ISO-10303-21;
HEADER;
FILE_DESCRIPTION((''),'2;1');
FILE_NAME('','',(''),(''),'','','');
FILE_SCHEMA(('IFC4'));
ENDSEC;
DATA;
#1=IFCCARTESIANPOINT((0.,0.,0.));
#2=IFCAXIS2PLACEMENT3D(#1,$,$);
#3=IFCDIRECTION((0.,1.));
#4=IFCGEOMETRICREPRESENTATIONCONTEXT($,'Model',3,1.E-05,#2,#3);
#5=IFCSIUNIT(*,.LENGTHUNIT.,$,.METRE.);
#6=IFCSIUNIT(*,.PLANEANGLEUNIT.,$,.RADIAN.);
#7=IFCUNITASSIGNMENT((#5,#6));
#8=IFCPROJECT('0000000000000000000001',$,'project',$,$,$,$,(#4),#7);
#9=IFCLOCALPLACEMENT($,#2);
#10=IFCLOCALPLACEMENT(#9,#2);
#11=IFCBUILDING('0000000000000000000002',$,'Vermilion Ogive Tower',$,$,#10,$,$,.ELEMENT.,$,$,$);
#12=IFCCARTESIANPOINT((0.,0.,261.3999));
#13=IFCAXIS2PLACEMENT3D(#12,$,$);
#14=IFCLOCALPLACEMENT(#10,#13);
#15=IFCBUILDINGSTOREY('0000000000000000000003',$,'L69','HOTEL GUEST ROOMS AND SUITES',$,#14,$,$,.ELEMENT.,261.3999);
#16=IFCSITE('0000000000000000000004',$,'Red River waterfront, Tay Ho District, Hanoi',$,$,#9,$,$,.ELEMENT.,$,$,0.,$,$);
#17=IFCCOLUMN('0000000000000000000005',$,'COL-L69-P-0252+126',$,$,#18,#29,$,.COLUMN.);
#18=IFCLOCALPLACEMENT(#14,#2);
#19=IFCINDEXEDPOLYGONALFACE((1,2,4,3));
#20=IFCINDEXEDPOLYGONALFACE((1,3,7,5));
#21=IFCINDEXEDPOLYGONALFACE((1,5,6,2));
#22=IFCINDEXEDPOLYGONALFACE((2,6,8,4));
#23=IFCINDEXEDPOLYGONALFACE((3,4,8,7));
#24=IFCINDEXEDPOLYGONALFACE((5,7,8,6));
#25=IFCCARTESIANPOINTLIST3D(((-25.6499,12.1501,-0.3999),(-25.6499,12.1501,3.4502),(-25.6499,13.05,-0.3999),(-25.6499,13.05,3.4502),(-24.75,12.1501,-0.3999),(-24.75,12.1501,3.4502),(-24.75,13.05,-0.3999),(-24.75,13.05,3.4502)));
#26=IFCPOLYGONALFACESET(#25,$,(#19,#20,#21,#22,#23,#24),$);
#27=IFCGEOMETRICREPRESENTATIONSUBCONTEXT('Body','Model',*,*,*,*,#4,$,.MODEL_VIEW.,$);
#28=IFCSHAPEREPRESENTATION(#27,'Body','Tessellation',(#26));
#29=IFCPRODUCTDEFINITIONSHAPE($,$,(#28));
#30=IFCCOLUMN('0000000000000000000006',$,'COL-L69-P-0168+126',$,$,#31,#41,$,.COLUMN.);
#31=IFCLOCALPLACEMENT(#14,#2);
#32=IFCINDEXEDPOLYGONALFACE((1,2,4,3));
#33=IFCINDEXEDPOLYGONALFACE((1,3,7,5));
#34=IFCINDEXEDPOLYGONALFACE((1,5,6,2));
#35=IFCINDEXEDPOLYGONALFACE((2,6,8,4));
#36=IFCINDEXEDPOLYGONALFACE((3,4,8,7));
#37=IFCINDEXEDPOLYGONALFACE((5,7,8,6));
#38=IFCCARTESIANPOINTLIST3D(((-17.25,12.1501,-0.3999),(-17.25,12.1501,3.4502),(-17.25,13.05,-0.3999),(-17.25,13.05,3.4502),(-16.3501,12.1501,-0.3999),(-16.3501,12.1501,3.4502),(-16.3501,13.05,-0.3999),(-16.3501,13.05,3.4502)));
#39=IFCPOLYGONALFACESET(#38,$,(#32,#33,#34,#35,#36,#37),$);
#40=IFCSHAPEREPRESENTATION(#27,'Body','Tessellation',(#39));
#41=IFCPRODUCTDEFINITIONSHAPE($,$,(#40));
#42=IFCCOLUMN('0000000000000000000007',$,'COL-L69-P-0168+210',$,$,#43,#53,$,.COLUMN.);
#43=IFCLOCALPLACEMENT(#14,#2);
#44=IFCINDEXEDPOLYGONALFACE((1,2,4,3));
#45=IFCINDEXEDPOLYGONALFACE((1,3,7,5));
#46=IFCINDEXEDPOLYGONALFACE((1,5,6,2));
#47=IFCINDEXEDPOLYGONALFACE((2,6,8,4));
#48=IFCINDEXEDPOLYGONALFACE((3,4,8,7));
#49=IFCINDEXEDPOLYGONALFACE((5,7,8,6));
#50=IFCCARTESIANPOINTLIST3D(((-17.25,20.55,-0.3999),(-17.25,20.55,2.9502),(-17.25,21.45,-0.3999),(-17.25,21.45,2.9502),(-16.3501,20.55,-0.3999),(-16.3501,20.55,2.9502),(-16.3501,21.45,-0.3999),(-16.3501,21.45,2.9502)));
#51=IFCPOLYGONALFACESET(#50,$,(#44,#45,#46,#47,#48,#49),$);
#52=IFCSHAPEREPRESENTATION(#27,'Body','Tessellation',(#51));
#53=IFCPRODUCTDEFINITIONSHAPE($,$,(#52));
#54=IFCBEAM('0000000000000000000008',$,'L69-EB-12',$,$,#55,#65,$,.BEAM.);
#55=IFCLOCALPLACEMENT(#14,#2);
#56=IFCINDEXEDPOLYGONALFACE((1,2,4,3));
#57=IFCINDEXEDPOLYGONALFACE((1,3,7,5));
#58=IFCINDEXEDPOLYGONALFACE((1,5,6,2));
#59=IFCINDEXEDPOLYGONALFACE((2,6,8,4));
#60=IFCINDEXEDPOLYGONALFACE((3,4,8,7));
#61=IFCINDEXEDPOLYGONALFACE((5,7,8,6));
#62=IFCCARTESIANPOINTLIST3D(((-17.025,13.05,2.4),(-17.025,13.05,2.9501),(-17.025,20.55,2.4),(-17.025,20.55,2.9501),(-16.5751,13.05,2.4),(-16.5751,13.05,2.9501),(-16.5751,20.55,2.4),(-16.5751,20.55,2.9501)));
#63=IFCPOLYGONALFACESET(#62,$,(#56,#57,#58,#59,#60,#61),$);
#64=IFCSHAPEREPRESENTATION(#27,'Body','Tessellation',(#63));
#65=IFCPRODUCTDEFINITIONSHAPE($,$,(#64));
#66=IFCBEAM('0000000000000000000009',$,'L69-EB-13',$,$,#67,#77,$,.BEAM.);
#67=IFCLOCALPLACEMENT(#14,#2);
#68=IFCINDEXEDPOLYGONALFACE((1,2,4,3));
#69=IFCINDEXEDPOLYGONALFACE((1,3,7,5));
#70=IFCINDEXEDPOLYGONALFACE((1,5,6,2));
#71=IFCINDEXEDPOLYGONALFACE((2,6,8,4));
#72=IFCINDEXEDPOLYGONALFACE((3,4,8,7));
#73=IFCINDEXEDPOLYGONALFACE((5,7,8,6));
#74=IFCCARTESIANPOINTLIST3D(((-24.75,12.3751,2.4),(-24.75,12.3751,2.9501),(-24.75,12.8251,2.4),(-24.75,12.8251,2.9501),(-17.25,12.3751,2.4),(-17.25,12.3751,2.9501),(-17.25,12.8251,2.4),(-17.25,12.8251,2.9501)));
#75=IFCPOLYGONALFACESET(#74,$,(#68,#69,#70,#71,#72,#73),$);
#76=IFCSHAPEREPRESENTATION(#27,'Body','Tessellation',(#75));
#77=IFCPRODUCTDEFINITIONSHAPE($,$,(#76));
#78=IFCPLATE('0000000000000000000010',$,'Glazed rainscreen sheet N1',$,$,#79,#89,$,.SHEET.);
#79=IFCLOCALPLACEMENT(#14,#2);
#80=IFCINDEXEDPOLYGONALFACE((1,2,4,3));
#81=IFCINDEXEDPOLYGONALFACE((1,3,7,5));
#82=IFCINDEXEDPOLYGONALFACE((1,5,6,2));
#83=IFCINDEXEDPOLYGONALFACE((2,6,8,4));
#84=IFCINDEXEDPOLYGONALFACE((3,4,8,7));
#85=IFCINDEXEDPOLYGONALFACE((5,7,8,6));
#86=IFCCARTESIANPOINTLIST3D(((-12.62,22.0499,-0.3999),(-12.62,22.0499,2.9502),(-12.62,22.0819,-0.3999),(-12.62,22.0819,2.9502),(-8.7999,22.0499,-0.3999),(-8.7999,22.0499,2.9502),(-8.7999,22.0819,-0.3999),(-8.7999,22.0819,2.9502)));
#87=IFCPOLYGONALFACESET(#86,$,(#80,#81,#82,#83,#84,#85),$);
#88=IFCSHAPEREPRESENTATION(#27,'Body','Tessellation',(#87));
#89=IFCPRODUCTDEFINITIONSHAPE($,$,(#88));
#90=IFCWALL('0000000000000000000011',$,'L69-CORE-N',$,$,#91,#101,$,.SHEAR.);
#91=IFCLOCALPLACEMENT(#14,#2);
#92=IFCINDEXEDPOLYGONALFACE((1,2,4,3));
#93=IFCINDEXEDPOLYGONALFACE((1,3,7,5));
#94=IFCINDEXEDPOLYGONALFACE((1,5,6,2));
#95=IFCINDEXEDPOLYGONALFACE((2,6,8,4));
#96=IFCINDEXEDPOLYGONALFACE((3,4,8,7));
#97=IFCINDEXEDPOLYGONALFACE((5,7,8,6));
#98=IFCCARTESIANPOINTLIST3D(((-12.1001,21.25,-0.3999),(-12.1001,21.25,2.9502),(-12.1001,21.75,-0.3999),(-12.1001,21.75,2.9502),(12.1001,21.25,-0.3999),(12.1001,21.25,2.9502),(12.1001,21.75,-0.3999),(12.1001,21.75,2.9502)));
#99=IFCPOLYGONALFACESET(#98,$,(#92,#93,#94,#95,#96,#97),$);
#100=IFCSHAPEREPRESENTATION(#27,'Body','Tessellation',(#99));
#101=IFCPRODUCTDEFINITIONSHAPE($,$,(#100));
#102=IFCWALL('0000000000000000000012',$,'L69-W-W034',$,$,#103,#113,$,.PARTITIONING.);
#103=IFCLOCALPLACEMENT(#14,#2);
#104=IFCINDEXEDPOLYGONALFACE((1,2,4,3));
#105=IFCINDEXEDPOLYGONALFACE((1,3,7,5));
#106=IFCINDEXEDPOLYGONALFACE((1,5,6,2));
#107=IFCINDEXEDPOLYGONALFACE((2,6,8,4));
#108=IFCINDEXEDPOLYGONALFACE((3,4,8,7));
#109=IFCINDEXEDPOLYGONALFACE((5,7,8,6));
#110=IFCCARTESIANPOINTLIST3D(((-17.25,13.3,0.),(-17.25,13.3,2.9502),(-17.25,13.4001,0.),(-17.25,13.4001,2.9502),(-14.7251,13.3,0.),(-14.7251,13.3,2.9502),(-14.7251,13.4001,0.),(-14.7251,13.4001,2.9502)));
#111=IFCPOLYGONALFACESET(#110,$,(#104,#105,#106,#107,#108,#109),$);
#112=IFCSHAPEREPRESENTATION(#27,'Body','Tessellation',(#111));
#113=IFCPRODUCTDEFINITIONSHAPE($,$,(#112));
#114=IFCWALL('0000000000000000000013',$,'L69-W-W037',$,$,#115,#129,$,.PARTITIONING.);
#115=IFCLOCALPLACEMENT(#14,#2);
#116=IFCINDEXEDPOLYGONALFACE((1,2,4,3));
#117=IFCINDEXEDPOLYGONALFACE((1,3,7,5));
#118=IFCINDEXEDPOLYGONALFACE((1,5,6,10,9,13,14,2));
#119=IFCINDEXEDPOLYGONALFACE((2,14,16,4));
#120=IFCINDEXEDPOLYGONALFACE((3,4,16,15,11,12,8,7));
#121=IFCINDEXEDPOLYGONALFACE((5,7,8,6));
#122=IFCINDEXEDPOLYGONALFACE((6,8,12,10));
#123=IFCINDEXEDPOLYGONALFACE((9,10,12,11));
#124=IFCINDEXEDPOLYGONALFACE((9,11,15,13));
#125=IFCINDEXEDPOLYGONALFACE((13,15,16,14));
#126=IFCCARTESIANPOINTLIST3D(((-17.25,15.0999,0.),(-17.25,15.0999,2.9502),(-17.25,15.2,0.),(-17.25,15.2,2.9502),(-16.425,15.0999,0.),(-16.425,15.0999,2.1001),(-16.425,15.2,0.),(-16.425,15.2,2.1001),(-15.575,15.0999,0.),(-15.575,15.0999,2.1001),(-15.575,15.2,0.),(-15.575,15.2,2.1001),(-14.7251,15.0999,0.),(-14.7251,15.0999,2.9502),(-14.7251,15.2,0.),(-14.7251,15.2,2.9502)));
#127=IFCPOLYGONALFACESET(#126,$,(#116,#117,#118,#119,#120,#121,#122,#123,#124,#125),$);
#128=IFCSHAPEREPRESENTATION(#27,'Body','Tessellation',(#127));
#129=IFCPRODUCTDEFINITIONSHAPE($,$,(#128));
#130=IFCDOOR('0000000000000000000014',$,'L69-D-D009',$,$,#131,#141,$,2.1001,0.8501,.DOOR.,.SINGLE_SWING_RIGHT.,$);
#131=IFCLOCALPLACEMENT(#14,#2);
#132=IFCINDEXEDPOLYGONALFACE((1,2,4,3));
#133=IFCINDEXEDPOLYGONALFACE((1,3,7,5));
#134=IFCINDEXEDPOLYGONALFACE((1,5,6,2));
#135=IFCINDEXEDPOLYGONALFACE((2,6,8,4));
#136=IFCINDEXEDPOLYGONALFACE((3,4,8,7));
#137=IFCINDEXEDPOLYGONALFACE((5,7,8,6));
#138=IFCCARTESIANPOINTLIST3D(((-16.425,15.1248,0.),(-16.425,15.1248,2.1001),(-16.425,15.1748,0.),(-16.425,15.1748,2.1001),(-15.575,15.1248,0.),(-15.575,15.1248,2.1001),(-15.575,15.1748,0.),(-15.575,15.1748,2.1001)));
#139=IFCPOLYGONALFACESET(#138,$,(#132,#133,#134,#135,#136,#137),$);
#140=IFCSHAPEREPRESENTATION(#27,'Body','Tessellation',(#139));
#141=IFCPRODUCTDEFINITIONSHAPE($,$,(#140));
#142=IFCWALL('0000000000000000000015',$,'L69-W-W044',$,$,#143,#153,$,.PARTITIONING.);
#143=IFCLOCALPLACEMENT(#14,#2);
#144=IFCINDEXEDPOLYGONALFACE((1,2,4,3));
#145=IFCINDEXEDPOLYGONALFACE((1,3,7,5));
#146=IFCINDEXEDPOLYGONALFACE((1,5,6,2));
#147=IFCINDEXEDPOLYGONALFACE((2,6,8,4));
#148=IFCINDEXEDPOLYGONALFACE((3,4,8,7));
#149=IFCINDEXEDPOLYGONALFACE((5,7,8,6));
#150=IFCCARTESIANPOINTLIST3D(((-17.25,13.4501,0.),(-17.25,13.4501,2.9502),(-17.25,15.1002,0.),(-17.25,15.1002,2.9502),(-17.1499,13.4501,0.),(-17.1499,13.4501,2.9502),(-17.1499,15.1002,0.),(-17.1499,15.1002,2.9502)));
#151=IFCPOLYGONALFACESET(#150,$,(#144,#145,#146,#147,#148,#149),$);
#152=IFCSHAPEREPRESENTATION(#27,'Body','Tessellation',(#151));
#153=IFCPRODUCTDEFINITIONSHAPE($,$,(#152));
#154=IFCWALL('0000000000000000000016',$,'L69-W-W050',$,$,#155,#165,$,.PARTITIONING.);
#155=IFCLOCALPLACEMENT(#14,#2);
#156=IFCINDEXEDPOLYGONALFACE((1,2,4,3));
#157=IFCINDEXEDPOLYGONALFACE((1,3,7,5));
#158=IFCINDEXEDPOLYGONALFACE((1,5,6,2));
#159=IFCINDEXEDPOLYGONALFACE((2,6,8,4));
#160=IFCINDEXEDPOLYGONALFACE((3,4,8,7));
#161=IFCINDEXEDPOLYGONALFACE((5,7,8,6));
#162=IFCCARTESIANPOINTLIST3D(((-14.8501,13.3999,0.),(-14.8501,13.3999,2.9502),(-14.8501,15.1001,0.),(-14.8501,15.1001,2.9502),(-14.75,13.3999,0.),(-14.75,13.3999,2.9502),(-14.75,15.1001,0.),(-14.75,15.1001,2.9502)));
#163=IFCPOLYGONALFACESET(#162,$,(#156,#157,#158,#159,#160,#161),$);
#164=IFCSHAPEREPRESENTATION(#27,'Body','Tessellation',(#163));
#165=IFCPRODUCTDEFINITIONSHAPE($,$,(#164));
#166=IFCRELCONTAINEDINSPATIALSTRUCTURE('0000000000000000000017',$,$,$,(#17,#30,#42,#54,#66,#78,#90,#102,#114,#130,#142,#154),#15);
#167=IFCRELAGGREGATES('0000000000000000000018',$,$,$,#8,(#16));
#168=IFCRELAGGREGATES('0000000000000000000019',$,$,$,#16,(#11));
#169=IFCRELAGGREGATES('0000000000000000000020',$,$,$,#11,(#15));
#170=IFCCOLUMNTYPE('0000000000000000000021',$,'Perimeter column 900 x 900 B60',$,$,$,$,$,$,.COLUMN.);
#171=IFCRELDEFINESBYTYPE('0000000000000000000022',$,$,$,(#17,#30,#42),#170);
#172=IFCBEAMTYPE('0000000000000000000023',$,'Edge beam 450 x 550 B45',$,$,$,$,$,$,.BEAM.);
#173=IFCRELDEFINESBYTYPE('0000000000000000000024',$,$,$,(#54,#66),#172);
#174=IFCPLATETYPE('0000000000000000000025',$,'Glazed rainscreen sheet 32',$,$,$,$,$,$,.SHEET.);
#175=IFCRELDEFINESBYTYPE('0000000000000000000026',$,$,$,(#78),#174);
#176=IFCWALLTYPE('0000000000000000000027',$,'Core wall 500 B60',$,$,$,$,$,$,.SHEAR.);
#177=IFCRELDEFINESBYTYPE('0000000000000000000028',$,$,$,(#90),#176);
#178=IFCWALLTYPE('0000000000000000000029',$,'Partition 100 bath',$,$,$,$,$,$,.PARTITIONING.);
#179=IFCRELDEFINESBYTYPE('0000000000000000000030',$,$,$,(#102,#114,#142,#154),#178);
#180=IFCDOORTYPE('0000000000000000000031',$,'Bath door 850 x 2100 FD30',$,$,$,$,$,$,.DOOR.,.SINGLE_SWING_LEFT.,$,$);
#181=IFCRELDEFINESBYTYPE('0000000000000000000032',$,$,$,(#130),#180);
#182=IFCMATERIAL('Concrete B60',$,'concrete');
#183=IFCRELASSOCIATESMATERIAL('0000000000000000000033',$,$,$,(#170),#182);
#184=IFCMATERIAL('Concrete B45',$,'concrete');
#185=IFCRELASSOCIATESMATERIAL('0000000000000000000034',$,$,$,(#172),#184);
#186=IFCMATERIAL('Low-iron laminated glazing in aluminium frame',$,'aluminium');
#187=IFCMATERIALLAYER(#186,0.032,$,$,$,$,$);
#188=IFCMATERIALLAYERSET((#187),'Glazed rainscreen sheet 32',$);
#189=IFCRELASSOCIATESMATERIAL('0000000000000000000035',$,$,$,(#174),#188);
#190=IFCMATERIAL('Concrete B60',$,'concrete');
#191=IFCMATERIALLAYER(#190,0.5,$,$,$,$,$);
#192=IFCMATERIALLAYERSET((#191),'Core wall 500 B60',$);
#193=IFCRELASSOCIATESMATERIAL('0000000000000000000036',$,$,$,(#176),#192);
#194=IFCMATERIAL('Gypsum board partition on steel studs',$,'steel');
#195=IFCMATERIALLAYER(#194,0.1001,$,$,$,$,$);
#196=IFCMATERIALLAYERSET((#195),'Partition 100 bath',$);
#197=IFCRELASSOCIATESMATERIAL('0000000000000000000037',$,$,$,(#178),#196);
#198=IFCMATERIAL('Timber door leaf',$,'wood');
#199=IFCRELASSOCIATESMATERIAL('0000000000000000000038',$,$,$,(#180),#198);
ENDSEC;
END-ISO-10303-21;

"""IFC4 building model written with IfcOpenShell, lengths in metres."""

from ifc_helpers import new_model, si_unit, direction, frame, frame_2d, origin, origin_2d, place, context, subcontext, project, spatial, rectangle, extrude, material, layer, layer_set, material_profile, profile_set, type_object, element, fill, save


model = new_model("IFC4")

# Units and contexts
model_context = context("Model", 3, precision=1e-05, world=origin(), true_north=direction((0.0, 1.0)))
body_context = subcontext(model_context, "Body", "Model", "MODEL_VIEW")
ifc_project = project(units=[si_unit("LENGTHUNIT", "METRE"), si_unit("PLANEANGLEUNIT", "RADIAN")], contexts=[model_context])

# Site, building, storey
site_placement = place(None, origin())
site = spatial("IfcSite", under=ifc_project, at=site_placement, Name="Red River waterfront, Tay Ho District, Hanoi", CompositionType="ELEMENT", RefElevation=0.0)
building_placement = place(site_placement, origin())
building = spatial("IfcBuilding", under=site, at=building_placement, Name="Vermilion Ogive Tower", CompositionType="ELEMENT")
storey_placement = place(building_placement, frame((0.0, 0.0, 261.3999)))
storey = spatial("IfcBuildingStorey", under=building, at=storey_placement, Name="L69", Description="HOTEL GUEST ROOMS AND SUITES", CompositionType="ELEMENT", Elevation=261.3999)

# Columns
ifc_material_1 = material(Name="Concrete B60", Category="concrete")
ifc_material_profile_1 = material_profile(ifc_material_1, rectangle(XDim=0.8999, YDim=0.8999, at=origin_2d()), Name="900 x 900")
ifc_profile_set_1 = profile_set([ifc_material_profile_1], Name="Concrete B60")
column_type = type_object("IfcColumnType", Name="Perimeter column 900 x 900 B60", PredefinedType="COLUMN", material=ifc_profile_set_1)
for number, where, z_axis, x_axis, name in (
    (1, (-25.2, 12.6001, -0.3999), (0.0, 0.0, 1.0), (1.0, 0.0, 0.0), "COL-L69-P-0252+126"),
    (2, (-16.8, 12.6001, -0.3999), (0.0, 0.0, 1.0), (1.0, 0.0, 0.0), "COL-L69-P-0168+126"),
):
    element("IfcColumn", number, at=place(storey_placement, frame(where, z_axis=z_axis, x_axis=x_axis)), inside=storey, type_object=column_type, Name=name, PredefinedType="COLUMN", context=body_context, shape_type="SweptSolid", body=[
        extrude(rectangle(XDim=0.8999, YDim=0.8999, at=origin_2d()), origin(), (0.0, 0.0, 1.0), 3.8501),
    ])
column_placement = place(storey_placement, frame((-16.8, 21.0, -0.3999), z_axis=(0.0, 0.0, 1.0), x_axis=(1.0, 0.0, 0.0)))
element("IfcColumn", 3, at=column_placement, inside=storey, type_object=column_type, Name="COL-L69-P-0168+210", PredefinedType="COLUMN", context=body_context, shape_type="SweptSolid", body=[
    extrude(rectangle(XDim=0.8999, YDim=0.8999, at=origin_2d()), origin(), (0.0, 0.0, 1.0), 3.3501),
])

# Beams
ifc_material_2 = material(Name="Concrete B45", Category="concrete")
ifc_material_profile_2 = material_profile(ifc_material_2, rectangle(XDim=0.45, YDim=0.55, at=origin_2d()), Name="450 x 550")
ifc_profile_set_2 = profile_set([ifc_material_profile_2], Name="Concrete B45")
beam_type = type_object("IfcBeamType", Name="Edge beam 450 x 550 B45", PredefinedType="BEAM", material=ifc_profile_set_2)
for number, where, z_axis, x_axis, name in (
    (4, (-16.8, 20.55, 2.675), (0.0, -1.0, 0.0), (1.0, 0.0, 0.0), "L69-EB-12"),
    (5, (-17.25, 12.6001, 2.675), (-1.0, 0.0, 0.0), (0.0, -1.0, 0.0), "L69-EB-13"),
):
    element("IfcBeam", number, at=place(storey_placement, frame(where, z_axis=z_axis, x_axis=x_axis)), inside=storey, type_object=beam_type, Name=name, PredefinedType="BEAM", context=body_context, shape_type="SweptSolid", body=[
        extrude(rectangle(XDim=0.45, YDim=0.55, at=origin_2d()), origin(), (0.0, 0.0, 1.0), 7.5),
    ])

# Plate
ifc_material_3 = material(Name="Low-iron laminated glazing in aluminium frame", Category="aluminium")
ifc_layer_1 = layer(ifc_material_3, 0.032)
ifc_layer_set_1 = layer_set([ifc_layer_1], Name="Glazed rainscreen sheet 32")
plate_type = type_object("IfcPlateType", Name="Glazed rainscreen sheet 32", PredefinedType="SHEET", material=ifc_layer_set_1)
plate_placement = place(storey_placement, frame((-10.71, 22.0659, -0.3999), z_axis=(0.0, 0.0, 1.0), x_axis=(1.0, 0.0, 0.0)))
element("IfcPlate", 6, at=plate_placement, inside=storey, type_object=plate_type, Name="Glazed rainscreen sheet N1", PredefinedType="SHEET", context=body_context, shape_type="SweptSolid", body=[
    extrude(rectangle(XDim=3.8201, YDim=0.032, at=origin_2d()), origin(), (0.0, 0.0, 1.0), 3.3501),
])

# Walls
ifc_material_4 = material(Name="Concrete B60", Category="concrete")
ifc_layer_2 = layer(ifc_material_4, 0.5)
ifc_layer_set_2 = layer_set([ifc_layer_2], Name="Core wall 500 B60")
wall_type_1 = type_object("IfcWallType", Name="Core wall 500 B60", PredefinedType="SHEAR", material=ifc_layer_set_2)
wall_1_placement = place(storey_placement, frame((-12.1001, 21.5, -0.3999), z_axis=(0.0, 0.0, 1.0), x_axis=(1.0, 0.0, 0.0)))
element("IfcWall", 7, at=wall_1_placement, inside=storey, type_object=wall_type_1, Name="L69-CORE-N", PredefinedType="SHEAR", context=body_context, shape_type="SweptSolid", body=[
    extrude(rectangle(XDim=24.2002, YDim=0.5, at=frame_2d((12.1001, 0.0))), origin(), (0.0, 0.0, 1.0), 3.3501),
])
ifc_material_5 = material(Name="Gypsum board partition on steel studs", Category="steel")
ifc_layer_3 = layer(ifc_material_5, 0.1001)
ifc_layer_set_3 = layer_set([ifc_layer_3], Name="Partition 100 bath")
wall_type_2 = type_object("IfcWallType", Name="Partition 100 bath", PredefinedType="PARTITIONING", material=ifc_layer_set_3)
wall_2_placement = place(storey_placement, frame((-17.25, 13.3501, 0.0), z_axis=(0.0, 0.0, 1.0), x_axis=(1.0, 0.0, 0.0)))
element("IfcWall", 8, at=wall_2_placement, inside=storey, type_object=wall_type_2, Name="L69-W-W034", PredefinedType="PARTITIONING", context=body_context, shape_type="SweptSolid", body=[
    extrude(rectangle(XDim=2.5249, YDim=0.1001, at=frame_2d((1.2625, 0.0))), origin(), (0.0, 0.0, 1.0), 2.9502),
])

# Wall, opening, door
wall_3_placement = place(storey_placement, frame((-17.25, 15.1499, 0.0), z_axis=(0.0, 0.0, 1.0), x_axis=(1.0, 0.0, 0.0)))
wall_3 = element("IfcWall", 9, at=wall_3_placement, inside=storey, type_object=wall_type_2, Name="L69-W-W037", PredefinedType="PARTITIONING", context=body_context, shape_type="SweptSolid", body=[
    extrude(rectangle(XDim=2.5249, YDim=0.1001, at=frame_2d((1.2625, 0.0))), origin(), (0.0, 0.0, 1.0), 2.9502),
])
opening_1_placement = place(wall_3_placement, frame((0.825, 0.0, 0.0)))
opening_1 = element("IfcOpeningElement", 10, at=opening_1_placement, cuts=wall_3, PredefinedType="OPENING", context=body_context, shape_type="SweptSolid", body=[
    extrude(rectangle(XDim=0.8501, YDim=2.1001, at=frame_2d((0.425, 1.05))), frame((0.0, 0.0601, 0.0), z_axis=(0.0, -1.0, 0.0), x_axis=(1.0, 0.0, 0.0)), (0.0, 0.0, 1.0), 0.1201),
])
ifc_material_6 = material(Name="Timber door leaf", Category="wood")
door_type_1 = type_object("IfcDoorType", Name="Bath door 850 x 2100 FD30", OperationType="SINGLE_SWING_LEFT", PredefinedType="DOOR", material=ifc_material_6)
door_1_placement = place(opening_1_placement, origin())
door_1 = element("IfcDoor", 11, at=door_1_placement, inside=storey, type_object=door_type_1, Name="L69-D-D009", OperationType="SINGLE_SWING_RIGHT", OverallHeight=2.1001, OverallWidth=0.8501, PredefinedType="DOOR", context=body_context, shape_type="SweptSolid", body=[
    extrude(rectangle(XDim=0.8501, YDim=2.1001, at=frame_2d((0.425, 1.05))), frame((0.0, 0.0249, 0.0), z_axis=(0.0, -1.0, 0.0), x_axis=(1.0, 0.0, 0.0)), (0.0, 0.0, 1.0), 0.05),
])
fill(opening_1, door_1)

# Walls
wall_4_placement = place(storey_placement, frame((-17.2, 13.45, 0.0), z_axis=(0.0, 0.0, 1.0), x_axis=(0.0, 1.0, 0.0)))
element("IfcWall", 12, at=wall_4_placement, inside=storey, type_object=wall_type_2, Name="L69-W-W044", PredefinedType="PARTITIONING", context=body_context, shape_type="SweptSolid", body=[
    extrude(rectangle(XDim=1.6501, YDim=0.1001, at=frame_2d((0.8252, 0.0))), origin(), (0.0, 0.0, 1.0), 2.9502),
])
wall_5_placement = place(storey_placement, frame((-14.8, 13.3999, 0.0), z_axis=(0.0, 0.0, 1.0), x_axis=(0.0, 1.0, 0.0)))
element("IfcWall", 13, at=wall_5_placement, inside=storey, type_object=wall_type_2, Name="L69-W-W050", PredefinedType="PARTITIONING", context=body_context, shape_type="SweptSolid", body=[
    extrude(rectangle(XDim=1.7002, YDim=0.1001, at=frame_2d((0.8501, 0.0))), origin(), (0.0, 0.0, 1.0), 2.9502),
])

save(model, "model.ifc")
